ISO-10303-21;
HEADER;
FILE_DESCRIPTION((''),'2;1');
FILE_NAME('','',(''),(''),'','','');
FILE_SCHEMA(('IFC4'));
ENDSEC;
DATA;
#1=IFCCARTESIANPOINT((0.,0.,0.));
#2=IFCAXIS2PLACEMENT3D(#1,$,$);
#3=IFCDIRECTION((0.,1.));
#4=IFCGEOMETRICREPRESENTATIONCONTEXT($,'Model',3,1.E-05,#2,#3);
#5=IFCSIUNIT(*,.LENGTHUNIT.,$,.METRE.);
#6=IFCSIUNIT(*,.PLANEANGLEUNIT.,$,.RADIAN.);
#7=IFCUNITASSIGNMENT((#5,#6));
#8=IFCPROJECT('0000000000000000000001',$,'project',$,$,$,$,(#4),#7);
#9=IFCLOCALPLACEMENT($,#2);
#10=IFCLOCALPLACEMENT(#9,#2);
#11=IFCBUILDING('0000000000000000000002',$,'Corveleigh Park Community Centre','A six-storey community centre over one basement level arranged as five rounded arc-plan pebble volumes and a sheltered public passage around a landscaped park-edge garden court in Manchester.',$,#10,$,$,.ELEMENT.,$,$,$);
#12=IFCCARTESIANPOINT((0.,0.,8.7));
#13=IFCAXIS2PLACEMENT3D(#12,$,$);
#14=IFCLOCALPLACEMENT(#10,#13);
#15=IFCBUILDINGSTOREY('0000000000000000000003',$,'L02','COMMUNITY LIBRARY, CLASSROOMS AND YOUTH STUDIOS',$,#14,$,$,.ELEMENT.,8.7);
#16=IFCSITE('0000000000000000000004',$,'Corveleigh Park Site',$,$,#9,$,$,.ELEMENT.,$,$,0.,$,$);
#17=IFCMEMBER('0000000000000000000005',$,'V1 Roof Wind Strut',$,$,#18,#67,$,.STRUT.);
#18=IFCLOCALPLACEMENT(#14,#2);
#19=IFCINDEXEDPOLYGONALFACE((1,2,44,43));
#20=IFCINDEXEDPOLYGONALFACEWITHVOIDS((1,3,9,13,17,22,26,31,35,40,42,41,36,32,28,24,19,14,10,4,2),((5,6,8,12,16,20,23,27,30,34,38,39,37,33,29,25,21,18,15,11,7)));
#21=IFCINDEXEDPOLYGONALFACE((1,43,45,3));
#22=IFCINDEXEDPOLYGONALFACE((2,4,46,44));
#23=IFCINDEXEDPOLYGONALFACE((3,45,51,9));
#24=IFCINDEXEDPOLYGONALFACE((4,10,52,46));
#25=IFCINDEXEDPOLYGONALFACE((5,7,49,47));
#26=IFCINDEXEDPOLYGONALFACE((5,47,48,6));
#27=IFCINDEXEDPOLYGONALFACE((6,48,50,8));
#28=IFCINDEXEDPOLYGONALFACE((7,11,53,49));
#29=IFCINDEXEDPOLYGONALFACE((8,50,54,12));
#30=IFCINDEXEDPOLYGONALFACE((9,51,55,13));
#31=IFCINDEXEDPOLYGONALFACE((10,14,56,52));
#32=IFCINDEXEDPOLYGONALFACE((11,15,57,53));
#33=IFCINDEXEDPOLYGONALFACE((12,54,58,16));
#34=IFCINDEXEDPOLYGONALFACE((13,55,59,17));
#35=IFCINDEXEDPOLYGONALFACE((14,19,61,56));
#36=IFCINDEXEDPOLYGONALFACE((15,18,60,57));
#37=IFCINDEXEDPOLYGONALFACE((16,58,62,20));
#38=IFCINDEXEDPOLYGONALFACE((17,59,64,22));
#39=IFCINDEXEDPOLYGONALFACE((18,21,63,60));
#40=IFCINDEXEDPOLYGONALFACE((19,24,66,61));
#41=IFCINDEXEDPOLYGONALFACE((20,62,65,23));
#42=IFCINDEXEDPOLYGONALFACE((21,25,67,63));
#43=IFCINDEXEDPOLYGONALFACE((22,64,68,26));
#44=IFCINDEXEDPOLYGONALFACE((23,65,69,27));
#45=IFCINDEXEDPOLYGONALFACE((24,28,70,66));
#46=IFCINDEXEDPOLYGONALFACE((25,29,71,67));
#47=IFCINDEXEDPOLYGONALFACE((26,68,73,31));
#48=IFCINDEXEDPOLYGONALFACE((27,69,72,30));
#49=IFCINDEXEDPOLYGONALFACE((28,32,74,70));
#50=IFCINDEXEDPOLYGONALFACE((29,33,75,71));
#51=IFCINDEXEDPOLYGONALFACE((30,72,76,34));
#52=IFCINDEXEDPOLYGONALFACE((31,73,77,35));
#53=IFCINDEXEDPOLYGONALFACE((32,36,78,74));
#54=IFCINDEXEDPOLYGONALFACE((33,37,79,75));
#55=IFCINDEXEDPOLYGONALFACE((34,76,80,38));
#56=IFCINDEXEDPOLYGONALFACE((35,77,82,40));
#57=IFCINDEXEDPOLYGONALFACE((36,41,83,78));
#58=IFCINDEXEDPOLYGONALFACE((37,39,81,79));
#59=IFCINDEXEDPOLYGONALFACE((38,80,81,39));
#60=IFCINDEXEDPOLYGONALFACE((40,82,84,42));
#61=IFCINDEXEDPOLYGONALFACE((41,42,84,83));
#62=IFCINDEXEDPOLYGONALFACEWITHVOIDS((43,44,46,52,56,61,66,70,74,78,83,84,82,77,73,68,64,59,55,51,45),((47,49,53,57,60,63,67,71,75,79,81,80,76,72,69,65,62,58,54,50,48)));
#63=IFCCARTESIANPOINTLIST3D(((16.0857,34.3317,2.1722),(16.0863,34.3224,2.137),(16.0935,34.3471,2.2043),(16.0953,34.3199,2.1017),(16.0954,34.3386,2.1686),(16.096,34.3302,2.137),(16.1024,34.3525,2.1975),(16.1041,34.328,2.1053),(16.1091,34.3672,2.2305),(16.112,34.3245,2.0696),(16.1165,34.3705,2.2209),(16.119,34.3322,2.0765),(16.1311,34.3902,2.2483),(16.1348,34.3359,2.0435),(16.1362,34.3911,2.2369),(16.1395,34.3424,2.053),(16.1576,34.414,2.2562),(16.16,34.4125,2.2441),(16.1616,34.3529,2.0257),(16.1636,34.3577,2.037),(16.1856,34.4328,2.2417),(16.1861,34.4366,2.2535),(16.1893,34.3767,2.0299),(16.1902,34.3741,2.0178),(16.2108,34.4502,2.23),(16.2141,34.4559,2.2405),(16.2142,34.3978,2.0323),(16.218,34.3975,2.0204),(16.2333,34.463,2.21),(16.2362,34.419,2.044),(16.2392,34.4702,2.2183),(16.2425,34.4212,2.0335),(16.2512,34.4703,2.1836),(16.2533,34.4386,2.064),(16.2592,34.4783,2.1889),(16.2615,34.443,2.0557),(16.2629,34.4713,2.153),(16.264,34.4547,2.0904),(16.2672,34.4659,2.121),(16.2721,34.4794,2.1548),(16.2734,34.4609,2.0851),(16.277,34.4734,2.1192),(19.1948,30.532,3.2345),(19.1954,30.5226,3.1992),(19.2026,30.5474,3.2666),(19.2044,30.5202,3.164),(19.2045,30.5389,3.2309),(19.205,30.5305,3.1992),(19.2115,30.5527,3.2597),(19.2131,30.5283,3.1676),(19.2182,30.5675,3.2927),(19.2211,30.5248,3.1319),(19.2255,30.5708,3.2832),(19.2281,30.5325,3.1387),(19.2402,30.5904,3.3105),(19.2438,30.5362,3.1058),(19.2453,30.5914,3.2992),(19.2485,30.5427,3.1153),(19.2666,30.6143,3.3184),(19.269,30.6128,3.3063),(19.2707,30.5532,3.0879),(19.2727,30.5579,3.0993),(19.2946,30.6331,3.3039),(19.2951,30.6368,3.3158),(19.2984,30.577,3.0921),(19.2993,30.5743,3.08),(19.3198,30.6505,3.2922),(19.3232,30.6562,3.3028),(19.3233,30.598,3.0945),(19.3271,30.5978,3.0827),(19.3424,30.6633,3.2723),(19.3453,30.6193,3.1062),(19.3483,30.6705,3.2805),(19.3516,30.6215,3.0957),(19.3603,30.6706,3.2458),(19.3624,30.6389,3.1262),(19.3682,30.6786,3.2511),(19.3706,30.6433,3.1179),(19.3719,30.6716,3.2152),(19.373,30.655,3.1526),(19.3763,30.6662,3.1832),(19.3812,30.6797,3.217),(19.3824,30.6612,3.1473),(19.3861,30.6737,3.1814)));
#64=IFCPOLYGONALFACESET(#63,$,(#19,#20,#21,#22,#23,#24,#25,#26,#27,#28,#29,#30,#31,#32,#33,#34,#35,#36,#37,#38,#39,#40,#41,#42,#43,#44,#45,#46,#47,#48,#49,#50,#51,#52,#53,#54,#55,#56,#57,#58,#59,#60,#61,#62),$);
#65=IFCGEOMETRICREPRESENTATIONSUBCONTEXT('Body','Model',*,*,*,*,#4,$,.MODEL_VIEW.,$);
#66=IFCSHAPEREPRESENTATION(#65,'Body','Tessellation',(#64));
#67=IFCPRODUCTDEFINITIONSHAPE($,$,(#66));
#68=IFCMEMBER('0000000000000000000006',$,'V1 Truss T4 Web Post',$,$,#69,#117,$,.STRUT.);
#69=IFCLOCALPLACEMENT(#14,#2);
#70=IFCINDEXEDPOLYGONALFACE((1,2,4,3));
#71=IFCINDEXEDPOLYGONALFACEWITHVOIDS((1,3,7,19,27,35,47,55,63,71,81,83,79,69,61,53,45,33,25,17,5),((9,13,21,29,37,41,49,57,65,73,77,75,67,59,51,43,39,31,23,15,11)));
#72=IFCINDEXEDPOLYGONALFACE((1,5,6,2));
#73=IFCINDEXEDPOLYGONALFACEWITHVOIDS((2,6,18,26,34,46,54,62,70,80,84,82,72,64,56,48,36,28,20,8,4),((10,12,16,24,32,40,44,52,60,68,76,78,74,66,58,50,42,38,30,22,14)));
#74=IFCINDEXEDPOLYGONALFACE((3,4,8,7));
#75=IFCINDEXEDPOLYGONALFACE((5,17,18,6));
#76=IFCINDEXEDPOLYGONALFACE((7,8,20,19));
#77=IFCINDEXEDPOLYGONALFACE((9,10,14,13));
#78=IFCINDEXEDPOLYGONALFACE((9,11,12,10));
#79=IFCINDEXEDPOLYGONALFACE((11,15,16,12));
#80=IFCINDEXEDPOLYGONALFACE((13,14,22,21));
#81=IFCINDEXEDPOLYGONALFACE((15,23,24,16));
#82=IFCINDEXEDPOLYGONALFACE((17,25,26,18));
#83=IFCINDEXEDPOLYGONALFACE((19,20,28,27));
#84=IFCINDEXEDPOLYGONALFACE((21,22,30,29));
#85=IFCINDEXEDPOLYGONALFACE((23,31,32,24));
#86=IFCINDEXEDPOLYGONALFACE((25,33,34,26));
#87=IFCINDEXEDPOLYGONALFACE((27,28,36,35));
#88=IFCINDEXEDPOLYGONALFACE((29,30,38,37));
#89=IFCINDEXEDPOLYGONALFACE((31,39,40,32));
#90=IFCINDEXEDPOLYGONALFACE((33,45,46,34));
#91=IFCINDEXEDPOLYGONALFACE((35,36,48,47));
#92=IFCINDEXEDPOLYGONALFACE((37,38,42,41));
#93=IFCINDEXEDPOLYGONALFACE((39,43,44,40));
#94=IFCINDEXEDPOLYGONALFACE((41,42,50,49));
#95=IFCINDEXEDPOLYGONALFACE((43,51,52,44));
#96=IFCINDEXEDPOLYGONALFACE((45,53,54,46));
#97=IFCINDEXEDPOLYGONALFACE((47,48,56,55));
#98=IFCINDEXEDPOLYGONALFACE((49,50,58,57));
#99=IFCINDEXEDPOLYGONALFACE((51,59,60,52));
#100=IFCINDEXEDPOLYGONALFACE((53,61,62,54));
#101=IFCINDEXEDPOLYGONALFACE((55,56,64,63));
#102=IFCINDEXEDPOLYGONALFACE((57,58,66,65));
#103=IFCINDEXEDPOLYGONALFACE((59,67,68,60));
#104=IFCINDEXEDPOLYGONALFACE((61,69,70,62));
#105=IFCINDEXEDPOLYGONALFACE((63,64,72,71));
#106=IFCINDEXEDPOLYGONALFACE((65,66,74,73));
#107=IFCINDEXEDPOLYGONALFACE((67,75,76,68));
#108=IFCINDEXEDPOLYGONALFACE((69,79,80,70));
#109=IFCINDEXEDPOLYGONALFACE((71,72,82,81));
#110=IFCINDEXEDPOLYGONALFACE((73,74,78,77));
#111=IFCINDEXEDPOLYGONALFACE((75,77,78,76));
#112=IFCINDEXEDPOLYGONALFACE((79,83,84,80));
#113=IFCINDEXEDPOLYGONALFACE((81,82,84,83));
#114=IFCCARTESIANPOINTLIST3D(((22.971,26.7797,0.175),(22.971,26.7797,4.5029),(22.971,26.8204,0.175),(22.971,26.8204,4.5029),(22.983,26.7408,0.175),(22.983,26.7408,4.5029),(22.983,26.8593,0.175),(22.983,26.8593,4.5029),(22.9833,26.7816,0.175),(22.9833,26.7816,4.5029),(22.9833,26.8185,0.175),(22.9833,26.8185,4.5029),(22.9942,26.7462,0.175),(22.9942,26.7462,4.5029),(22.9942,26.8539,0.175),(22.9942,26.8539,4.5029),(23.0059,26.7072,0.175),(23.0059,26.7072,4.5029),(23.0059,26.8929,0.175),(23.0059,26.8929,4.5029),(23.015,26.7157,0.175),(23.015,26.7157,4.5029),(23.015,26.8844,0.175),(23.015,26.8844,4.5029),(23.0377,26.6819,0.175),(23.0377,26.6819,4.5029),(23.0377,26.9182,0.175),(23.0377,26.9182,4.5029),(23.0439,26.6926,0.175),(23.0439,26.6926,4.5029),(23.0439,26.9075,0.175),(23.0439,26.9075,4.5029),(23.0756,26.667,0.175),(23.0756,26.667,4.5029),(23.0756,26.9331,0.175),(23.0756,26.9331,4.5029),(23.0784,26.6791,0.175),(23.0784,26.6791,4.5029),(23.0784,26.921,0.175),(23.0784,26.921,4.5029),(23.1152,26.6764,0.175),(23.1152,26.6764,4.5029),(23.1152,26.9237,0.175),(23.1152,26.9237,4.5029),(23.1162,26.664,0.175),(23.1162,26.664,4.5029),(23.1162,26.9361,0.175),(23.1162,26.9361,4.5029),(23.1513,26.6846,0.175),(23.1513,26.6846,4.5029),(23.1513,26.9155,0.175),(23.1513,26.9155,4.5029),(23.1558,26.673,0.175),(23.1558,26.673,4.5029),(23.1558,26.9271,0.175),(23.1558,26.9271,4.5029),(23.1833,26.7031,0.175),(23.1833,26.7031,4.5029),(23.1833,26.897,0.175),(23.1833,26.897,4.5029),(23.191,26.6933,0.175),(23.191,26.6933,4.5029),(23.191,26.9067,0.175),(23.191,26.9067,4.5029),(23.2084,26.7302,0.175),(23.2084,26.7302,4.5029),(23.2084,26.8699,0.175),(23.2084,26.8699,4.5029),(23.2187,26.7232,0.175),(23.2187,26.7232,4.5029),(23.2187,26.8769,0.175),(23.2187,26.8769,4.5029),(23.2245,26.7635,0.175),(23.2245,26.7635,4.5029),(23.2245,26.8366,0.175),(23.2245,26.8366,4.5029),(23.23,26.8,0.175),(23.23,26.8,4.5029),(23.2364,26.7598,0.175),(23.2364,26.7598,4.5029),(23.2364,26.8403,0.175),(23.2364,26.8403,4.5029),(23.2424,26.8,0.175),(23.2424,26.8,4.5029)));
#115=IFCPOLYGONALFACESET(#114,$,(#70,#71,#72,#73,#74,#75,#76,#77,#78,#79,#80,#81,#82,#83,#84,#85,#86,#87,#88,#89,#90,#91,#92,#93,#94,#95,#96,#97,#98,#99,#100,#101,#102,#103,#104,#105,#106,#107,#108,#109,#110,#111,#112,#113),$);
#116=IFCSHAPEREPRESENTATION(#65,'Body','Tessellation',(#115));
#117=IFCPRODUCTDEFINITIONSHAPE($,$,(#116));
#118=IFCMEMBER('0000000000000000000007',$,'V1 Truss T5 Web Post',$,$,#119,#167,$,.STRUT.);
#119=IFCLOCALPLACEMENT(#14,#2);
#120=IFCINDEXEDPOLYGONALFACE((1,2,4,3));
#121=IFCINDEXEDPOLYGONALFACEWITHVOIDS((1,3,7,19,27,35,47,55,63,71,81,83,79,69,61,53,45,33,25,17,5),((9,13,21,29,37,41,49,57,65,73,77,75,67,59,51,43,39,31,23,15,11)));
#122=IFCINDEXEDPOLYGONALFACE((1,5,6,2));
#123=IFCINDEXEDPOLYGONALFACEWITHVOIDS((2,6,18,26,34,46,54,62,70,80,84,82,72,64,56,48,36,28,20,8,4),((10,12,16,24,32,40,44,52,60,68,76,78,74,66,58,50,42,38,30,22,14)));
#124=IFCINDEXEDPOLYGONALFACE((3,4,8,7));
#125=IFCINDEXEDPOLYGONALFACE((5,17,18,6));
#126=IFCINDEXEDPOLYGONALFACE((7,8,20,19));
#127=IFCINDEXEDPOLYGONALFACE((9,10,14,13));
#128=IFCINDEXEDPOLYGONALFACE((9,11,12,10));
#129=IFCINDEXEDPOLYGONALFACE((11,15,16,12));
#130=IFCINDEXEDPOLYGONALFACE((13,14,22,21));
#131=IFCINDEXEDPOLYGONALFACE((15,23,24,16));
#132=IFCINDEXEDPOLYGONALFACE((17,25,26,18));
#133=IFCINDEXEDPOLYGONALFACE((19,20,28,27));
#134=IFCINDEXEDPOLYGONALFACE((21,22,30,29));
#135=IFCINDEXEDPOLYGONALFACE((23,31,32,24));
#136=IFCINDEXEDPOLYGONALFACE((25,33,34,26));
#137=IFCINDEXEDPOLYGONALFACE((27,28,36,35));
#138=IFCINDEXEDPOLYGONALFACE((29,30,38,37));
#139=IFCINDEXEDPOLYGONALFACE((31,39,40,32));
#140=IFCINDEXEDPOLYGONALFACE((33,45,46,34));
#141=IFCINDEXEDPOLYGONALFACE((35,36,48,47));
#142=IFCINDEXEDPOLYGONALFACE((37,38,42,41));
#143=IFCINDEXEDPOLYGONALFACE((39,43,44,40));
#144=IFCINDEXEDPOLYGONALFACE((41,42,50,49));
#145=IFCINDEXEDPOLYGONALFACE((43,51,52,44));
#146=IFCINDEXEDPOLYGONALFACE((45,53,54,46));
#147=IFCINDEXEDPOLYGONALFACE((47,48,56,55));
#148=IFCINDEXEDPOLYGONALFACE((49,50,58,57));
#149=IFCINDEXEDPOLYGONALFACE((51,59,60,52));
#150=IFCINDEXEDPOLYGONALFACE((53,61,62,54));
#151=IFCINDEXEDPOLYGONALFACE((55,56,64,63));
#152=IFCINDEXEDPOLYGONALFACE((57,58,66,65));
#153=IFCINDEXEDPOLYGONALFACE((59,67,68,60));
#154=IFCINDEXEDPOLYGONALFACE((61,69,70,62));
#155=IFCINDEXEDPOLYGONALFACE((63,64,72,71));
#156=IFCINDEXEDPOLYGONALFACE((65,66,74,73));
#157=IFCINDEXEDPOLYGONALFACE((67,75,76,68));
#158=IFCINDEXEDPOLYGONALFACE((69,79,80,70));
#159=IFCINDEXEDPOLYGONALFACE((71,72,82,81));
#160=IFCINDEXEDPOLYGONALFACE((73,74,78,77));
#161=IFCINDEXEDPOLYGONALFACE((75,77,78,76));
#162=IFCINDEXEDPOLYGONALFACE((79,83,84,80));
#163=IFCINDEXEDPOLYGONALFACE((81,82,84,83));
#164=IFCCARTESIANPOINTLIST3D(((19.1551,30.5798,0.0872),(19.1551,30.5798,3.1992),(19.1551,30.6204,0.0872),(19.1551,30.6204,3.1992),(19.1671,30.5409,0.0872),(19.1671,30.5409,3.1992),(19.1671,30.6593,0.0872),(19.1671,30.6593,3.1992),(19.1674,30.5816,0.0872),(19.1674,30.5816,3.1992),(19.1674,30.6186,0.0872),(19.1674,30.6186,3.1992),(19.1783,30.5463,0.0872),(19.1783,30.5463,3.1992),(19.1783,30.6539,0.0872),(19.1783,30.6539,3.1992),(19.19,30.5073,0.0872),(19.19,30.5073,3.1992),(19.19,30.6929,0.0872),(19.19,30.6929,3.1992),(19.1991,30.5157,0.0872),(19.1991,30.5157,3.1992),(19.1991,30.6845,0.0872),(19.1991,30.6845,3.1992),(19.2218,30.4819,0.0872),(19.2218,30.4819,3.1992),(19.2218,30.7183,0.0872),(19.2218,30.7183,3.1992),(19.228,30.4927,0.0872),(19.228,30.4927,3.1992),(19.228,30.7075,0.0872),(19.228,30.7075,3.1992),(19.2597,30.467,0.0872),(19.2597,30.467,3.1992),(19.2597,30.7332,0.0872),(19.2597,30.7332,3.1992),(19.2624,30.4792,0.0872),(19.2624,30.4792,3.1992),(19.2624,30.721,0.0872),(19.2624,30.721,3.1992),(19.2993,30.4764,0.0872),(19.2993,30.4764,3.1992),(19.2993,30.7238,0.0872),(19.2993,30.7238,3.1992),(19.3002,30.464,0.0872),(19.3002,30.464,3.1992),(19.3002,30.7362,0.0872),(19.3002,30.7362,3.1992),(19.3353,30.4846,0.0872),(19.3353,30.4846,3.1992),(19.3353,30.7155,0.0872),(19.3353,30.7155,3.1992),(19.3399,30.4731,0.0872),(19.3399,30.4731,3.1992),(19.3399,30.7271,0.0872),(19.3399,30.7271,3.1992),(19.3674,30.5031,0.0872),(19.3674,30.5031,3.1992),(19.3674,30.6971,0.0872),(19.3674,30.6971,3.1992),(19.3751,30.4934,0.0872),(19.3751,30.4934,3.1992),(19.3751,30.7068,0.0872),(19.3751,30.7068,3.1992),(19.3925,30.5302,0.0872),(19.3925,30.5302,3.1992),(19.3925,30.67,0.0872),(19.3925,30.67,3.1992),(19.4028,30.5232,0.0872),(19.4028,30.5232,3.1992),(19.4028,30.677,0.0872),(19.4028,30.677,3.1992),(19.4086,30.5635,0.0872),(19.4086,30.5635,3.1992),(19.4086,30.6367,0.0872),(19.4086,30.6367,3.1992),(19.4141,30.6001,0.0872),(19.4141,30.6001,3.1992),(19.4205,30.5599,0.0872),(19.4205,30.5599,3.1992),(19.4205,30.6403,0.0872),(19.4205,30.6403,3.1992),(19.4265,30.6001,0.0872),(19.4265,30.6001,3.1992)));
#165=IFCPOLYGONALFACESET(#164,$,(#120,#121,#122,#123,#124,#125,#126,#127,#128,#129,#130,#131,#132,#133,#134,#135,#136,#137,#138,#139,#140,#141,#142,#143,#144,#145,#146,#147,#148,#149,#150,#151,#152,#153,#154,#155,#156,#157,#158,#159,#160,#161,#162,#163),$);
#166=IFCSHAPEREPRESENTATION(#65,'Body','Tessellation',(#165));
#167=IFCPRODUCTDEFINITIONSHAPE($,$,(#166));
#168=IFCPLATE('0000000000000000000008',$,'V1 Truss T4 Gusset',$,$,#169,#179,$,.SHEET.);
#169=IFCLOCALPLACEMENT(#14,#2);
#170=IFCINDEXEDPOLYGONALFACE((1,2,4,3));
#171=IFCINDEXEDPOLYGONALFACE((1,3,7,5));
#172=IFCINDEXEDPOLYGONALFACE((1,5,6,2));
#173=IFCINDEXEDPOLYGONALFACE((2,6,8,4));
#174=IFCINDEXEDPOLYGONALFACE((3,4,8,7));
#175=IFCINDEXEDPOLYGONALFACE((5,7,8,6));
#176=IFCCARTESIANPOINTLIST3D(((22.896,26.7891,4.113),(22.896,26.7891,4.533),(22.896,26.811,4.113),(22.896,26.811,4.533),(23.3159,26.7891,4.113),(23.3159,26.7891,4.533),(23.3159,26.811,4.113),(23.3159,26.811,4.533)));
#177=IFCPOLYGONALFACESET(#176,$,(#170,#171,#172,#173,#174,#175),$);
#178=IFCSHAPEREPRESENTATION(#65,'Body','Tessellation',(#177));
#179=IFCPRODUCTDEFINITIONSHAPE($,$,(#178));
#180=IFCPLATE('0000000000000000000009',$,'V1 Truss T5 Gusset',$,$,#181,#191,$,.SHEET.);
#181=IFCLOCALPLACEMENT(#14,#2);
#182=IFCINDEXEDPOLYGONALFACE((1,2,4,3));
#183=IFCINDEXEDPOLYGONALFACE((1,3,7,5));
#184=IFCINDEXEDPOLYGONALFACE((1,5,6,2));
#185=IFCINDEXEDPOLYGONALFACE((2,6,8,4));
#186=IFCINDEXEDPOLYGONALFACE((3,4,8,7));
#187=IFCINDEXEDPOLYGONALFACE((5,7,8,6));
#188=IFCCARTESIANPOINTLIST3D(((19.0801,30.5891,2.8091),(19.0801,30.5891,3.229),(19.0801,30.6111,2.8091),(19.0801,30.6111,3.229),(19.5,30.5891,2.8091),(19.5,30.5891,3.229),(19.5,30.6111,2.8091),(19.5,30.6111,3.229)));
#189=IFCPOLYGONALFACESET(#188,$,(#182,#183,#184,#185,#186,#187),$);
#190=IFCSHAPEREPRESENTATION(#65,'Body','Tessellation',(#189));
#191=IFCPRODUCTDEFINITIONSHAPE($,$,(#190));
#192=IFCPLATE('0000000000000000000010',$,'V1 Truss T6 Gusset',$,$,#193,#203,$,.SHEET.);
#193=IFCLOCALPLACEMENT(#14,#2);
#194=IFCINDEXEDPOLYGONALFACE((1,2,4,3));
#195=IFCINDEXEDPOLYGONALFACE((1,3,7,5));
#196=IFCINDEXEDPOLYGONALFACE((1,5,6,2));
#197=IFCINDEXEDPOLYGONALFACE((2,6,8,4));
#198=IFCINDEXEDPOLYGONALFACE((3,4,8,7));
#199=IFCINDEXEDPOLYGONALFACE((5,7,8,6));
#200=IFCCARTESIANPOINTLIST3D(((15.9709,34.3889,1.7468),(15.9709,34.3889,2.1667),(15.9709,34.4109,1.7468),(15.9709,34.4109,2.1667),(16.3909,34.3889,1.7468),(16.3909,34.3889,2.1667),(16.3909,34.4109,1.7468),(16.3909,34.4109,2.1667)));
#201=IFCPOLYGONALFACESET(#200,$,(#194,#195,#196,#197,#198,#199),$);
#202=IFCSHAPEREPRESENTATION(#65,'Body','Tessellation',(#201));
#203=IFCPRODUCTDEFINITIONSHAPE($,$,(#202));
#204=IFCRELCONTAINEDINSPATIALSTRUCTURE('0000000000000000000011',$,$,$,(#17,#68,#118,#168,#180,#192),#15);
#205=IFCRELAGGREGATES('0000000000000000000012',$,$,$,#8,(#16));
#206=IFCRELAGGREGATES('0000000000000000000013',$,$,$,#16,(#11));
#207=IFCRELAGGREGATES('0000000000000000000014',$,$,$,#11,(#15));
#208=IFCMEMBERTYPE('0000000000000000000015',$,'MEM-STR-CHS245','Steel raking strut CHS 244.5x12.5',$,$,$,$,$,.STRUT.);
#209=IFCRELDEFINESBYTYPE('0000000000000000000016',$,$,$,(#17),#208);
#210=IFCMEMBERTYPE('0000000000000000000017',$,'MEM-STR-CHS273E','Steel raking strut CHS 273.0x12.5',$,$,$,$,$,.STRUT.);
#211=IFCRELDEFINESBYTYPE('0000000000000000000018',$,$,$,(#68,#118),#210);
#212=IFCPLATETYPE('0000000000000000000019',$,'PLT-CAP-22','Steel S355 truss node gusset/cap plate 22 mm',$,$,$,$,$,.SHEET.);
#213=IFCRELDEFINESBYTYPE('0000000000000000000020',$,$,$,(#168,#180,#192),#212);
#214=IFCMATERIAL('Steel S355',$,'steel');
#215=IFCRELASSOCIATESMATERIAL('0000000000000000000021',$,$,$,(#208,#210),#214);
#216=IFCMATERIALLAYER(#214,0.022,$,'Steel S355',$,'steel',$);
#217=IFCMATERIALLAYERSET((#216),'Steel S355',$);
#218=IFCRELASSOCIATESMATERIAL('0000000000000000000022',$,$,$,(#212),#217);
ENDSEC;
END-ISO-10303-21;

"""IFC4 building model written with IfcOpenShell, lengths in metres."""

from ifc_helpers import new_model, si_unit, direction, frame, origin, origin_2d, place, context, subcontext, project, spatial, rectangle, hollow_circle, extrude, material, layer, layer_set, material_profile, profile_set, type_object, element, save


model = new_model("IFC4")

# Units and contexts
model_context = context("Model", 3, precision=1e-05, world=origin(), true_north=direction((0.0, 1.0)))
body_context = subcontext(model_context, "Body", "Model", "MODEL_VIEW")
ifc_project = project(units=[si_unit("LENGTHUNIT", "METRE"), si_unit("PLANEANGLEUNIT", "RADIAN")], contexts=[model_context])

# Site, building, storey
site_placement = place(None, origin())
site = spatial("IfcSite", under=ifc_project, at=site_placement, Name="Corveleigh Park Site", CompositionType="ELEMENT", RefElevation=0.0)
building_placement = place(site_placement, origin())
building = spatial("IfcBuilding", under=site, at=building_placement, Name="Corveleigh Park Community Centre", Description="A six-storey community centre over one basement level arranged as five rounded arc-plan pebble volumes and a sheltered public passage around a landscaped park-edge garden court in Manchester.", CompositionType="ELEMENT")
storey_placement = place(building_placement, frame((0.0, 0.0, 8.7)))
storey = spatial("IfcBuildingStorey", under=building, at=storey_placement, Name="L02", Description="COMMUNITY LIBRARY, CLASSROOMS AND YOUTH STUDIOS", CompositionType="ELEMENT", Elevation=8.7)

# Shared definitions
ifc_material = material(Name="Steel S355", Category="steel")

# Members
ifc_material_profile_1 = material_profile(ifc_material, hollow_circle(Radius=0.1223, WallThickness=0.0125, at=origin_2d()), Name="CHS 244.5x12.5", Category="steel")
ifc_profile_set_1 = profile_set([ifc_material_profile_1], Name="Steel S355")
member_type_1 = type_object("IfcMemberType", Name="MEM-STR-CHS245", Description="Steel raking strut CHS 244.5x12.5", PredefinedType="STRUT", material=ifc_profile_set_1)
member_1_placement = place(storey_placement, frame((19.29, 30.6001, 3.1992), z_axis=(-0.618941, 0.756435, -0.211466), x_axis=(-0.773937, -0.633262, 0.0)))
element("IfcMember", 1, at=member_1_placement, inside=storey, type_object=member_type_1, Name="V1 Roof Wind Strut", PredefinedType="STRUT", context=body_context, shape_type="SweptSolid", body=[
    extrude(hollow_circle(Radius=0.1223, WallThickness=0.0125, at=origin_2d()), origin(), (0.0, 0.0, 1.0), 5.0232),
])
ifc_material_profile_2 = material_profile(ifc_material, hollow_circle(Radius=0.1365, WallThickness=0.0125, at=origin_2d()), Name="CHS 273.0x12.5", Category="steel")
ifc_profile_set_2 = profile_set([ifc_material_profile_2], Name="Steel S355")
member_type_2 = type_object("IfcMemberType", Name="MEM-STR-CHS273E", Description="Steel raking strut CHS 273.0x12.5", PredefinedType="STRUT", material=ifc_profile_set_2)
member_2_placement = place(storey_placement, frame((23.106, 26.8, 0.175), z_axis=(0.0, 0.0, 1.0), x_axis=(1.0, 0.0, 0.0)))
element("IfcMember", 2, at=member_2_placement, inside=storey, type_object=member_type_2, Name="V1 Truss T4 Web Post", PredefinedType="STRUT", context=body_context, shape_type="SweptSolid", body=[
    extrude(hollow_circle(Radius=0.1365, WallThickness=0.0125, at=origin_2d()), origin(), (0.0, 0.0, 1.0), 4.3279),
])
member_3_placement = place(storey_placement, frame((19.29, 30.6001, 0.0872), z_axis=(0.0, 0.0, 1.0), x_axis=(1.0, 0.0, 0.0)))
element("IfcMember", 3, at=member_3_placement, inside=storey, type_object=member_type_2, Name="V1 Truss T5 Web Post", PredefinedType="STRUT", context=body_context, shape_type="SweptSolid", body=[
    extrude(hollow_circle(Radius=0.1365, WallThickness=0.0125, at=origin_2d()), origin(), (0.0, 0.0, 1.0), 3.1121),
])

# Plates
ifc_layer_1 = layer(ifc_material, 0.022, Name="Steel S355", Category="steel")
ifc_layer_set_1 = layer_set([ifc_layer_1], Name="Steel S355")
plate_type_1 = type_object("IfcPlateType", Name="PLT-CAP-22", Description="Steel S355 truss node gusset/cap plate 22 mm", PredefinedType="SHEET", material=ifc_layer_set_1)
for number, where, z_axis, x_axis, name in (
    (4, (23.106, 26.8, 4.113), (0.0, 0.0, 1.0), (1.0, 0.0, 0.0), "V1 Truss T4 Gusset"),
    (5, (19.29, 30.6001, 2.8091), (0.0, 0.0, 1.0), (1.0, 0.0, 0.0), "V1 Truss T5 Gusset"),
    (6, (16.1809, 34.3999, 1.7468), (0.0, 0.0, 1.0), (1.0, 0.0, 0.0), "V1 Truss T6 Gusset"),
):
    element("IfcPlate", number, at=place(storey_placement, frame(where, z_axis=z_axis, x_axis=x_axis)), inside=storey, type_object=plate_type_1, Name=name, PredefinedType="SHEET", context=body_context, shape_type="SweptSolid", body=[
        extrude(rectangle(XDim=0.4199, YDim=0.022, at=origin_2d()), origin(), (0.0, 0.0, 1.0), 0.4199),
    ])

save(model, "model.ifc")
